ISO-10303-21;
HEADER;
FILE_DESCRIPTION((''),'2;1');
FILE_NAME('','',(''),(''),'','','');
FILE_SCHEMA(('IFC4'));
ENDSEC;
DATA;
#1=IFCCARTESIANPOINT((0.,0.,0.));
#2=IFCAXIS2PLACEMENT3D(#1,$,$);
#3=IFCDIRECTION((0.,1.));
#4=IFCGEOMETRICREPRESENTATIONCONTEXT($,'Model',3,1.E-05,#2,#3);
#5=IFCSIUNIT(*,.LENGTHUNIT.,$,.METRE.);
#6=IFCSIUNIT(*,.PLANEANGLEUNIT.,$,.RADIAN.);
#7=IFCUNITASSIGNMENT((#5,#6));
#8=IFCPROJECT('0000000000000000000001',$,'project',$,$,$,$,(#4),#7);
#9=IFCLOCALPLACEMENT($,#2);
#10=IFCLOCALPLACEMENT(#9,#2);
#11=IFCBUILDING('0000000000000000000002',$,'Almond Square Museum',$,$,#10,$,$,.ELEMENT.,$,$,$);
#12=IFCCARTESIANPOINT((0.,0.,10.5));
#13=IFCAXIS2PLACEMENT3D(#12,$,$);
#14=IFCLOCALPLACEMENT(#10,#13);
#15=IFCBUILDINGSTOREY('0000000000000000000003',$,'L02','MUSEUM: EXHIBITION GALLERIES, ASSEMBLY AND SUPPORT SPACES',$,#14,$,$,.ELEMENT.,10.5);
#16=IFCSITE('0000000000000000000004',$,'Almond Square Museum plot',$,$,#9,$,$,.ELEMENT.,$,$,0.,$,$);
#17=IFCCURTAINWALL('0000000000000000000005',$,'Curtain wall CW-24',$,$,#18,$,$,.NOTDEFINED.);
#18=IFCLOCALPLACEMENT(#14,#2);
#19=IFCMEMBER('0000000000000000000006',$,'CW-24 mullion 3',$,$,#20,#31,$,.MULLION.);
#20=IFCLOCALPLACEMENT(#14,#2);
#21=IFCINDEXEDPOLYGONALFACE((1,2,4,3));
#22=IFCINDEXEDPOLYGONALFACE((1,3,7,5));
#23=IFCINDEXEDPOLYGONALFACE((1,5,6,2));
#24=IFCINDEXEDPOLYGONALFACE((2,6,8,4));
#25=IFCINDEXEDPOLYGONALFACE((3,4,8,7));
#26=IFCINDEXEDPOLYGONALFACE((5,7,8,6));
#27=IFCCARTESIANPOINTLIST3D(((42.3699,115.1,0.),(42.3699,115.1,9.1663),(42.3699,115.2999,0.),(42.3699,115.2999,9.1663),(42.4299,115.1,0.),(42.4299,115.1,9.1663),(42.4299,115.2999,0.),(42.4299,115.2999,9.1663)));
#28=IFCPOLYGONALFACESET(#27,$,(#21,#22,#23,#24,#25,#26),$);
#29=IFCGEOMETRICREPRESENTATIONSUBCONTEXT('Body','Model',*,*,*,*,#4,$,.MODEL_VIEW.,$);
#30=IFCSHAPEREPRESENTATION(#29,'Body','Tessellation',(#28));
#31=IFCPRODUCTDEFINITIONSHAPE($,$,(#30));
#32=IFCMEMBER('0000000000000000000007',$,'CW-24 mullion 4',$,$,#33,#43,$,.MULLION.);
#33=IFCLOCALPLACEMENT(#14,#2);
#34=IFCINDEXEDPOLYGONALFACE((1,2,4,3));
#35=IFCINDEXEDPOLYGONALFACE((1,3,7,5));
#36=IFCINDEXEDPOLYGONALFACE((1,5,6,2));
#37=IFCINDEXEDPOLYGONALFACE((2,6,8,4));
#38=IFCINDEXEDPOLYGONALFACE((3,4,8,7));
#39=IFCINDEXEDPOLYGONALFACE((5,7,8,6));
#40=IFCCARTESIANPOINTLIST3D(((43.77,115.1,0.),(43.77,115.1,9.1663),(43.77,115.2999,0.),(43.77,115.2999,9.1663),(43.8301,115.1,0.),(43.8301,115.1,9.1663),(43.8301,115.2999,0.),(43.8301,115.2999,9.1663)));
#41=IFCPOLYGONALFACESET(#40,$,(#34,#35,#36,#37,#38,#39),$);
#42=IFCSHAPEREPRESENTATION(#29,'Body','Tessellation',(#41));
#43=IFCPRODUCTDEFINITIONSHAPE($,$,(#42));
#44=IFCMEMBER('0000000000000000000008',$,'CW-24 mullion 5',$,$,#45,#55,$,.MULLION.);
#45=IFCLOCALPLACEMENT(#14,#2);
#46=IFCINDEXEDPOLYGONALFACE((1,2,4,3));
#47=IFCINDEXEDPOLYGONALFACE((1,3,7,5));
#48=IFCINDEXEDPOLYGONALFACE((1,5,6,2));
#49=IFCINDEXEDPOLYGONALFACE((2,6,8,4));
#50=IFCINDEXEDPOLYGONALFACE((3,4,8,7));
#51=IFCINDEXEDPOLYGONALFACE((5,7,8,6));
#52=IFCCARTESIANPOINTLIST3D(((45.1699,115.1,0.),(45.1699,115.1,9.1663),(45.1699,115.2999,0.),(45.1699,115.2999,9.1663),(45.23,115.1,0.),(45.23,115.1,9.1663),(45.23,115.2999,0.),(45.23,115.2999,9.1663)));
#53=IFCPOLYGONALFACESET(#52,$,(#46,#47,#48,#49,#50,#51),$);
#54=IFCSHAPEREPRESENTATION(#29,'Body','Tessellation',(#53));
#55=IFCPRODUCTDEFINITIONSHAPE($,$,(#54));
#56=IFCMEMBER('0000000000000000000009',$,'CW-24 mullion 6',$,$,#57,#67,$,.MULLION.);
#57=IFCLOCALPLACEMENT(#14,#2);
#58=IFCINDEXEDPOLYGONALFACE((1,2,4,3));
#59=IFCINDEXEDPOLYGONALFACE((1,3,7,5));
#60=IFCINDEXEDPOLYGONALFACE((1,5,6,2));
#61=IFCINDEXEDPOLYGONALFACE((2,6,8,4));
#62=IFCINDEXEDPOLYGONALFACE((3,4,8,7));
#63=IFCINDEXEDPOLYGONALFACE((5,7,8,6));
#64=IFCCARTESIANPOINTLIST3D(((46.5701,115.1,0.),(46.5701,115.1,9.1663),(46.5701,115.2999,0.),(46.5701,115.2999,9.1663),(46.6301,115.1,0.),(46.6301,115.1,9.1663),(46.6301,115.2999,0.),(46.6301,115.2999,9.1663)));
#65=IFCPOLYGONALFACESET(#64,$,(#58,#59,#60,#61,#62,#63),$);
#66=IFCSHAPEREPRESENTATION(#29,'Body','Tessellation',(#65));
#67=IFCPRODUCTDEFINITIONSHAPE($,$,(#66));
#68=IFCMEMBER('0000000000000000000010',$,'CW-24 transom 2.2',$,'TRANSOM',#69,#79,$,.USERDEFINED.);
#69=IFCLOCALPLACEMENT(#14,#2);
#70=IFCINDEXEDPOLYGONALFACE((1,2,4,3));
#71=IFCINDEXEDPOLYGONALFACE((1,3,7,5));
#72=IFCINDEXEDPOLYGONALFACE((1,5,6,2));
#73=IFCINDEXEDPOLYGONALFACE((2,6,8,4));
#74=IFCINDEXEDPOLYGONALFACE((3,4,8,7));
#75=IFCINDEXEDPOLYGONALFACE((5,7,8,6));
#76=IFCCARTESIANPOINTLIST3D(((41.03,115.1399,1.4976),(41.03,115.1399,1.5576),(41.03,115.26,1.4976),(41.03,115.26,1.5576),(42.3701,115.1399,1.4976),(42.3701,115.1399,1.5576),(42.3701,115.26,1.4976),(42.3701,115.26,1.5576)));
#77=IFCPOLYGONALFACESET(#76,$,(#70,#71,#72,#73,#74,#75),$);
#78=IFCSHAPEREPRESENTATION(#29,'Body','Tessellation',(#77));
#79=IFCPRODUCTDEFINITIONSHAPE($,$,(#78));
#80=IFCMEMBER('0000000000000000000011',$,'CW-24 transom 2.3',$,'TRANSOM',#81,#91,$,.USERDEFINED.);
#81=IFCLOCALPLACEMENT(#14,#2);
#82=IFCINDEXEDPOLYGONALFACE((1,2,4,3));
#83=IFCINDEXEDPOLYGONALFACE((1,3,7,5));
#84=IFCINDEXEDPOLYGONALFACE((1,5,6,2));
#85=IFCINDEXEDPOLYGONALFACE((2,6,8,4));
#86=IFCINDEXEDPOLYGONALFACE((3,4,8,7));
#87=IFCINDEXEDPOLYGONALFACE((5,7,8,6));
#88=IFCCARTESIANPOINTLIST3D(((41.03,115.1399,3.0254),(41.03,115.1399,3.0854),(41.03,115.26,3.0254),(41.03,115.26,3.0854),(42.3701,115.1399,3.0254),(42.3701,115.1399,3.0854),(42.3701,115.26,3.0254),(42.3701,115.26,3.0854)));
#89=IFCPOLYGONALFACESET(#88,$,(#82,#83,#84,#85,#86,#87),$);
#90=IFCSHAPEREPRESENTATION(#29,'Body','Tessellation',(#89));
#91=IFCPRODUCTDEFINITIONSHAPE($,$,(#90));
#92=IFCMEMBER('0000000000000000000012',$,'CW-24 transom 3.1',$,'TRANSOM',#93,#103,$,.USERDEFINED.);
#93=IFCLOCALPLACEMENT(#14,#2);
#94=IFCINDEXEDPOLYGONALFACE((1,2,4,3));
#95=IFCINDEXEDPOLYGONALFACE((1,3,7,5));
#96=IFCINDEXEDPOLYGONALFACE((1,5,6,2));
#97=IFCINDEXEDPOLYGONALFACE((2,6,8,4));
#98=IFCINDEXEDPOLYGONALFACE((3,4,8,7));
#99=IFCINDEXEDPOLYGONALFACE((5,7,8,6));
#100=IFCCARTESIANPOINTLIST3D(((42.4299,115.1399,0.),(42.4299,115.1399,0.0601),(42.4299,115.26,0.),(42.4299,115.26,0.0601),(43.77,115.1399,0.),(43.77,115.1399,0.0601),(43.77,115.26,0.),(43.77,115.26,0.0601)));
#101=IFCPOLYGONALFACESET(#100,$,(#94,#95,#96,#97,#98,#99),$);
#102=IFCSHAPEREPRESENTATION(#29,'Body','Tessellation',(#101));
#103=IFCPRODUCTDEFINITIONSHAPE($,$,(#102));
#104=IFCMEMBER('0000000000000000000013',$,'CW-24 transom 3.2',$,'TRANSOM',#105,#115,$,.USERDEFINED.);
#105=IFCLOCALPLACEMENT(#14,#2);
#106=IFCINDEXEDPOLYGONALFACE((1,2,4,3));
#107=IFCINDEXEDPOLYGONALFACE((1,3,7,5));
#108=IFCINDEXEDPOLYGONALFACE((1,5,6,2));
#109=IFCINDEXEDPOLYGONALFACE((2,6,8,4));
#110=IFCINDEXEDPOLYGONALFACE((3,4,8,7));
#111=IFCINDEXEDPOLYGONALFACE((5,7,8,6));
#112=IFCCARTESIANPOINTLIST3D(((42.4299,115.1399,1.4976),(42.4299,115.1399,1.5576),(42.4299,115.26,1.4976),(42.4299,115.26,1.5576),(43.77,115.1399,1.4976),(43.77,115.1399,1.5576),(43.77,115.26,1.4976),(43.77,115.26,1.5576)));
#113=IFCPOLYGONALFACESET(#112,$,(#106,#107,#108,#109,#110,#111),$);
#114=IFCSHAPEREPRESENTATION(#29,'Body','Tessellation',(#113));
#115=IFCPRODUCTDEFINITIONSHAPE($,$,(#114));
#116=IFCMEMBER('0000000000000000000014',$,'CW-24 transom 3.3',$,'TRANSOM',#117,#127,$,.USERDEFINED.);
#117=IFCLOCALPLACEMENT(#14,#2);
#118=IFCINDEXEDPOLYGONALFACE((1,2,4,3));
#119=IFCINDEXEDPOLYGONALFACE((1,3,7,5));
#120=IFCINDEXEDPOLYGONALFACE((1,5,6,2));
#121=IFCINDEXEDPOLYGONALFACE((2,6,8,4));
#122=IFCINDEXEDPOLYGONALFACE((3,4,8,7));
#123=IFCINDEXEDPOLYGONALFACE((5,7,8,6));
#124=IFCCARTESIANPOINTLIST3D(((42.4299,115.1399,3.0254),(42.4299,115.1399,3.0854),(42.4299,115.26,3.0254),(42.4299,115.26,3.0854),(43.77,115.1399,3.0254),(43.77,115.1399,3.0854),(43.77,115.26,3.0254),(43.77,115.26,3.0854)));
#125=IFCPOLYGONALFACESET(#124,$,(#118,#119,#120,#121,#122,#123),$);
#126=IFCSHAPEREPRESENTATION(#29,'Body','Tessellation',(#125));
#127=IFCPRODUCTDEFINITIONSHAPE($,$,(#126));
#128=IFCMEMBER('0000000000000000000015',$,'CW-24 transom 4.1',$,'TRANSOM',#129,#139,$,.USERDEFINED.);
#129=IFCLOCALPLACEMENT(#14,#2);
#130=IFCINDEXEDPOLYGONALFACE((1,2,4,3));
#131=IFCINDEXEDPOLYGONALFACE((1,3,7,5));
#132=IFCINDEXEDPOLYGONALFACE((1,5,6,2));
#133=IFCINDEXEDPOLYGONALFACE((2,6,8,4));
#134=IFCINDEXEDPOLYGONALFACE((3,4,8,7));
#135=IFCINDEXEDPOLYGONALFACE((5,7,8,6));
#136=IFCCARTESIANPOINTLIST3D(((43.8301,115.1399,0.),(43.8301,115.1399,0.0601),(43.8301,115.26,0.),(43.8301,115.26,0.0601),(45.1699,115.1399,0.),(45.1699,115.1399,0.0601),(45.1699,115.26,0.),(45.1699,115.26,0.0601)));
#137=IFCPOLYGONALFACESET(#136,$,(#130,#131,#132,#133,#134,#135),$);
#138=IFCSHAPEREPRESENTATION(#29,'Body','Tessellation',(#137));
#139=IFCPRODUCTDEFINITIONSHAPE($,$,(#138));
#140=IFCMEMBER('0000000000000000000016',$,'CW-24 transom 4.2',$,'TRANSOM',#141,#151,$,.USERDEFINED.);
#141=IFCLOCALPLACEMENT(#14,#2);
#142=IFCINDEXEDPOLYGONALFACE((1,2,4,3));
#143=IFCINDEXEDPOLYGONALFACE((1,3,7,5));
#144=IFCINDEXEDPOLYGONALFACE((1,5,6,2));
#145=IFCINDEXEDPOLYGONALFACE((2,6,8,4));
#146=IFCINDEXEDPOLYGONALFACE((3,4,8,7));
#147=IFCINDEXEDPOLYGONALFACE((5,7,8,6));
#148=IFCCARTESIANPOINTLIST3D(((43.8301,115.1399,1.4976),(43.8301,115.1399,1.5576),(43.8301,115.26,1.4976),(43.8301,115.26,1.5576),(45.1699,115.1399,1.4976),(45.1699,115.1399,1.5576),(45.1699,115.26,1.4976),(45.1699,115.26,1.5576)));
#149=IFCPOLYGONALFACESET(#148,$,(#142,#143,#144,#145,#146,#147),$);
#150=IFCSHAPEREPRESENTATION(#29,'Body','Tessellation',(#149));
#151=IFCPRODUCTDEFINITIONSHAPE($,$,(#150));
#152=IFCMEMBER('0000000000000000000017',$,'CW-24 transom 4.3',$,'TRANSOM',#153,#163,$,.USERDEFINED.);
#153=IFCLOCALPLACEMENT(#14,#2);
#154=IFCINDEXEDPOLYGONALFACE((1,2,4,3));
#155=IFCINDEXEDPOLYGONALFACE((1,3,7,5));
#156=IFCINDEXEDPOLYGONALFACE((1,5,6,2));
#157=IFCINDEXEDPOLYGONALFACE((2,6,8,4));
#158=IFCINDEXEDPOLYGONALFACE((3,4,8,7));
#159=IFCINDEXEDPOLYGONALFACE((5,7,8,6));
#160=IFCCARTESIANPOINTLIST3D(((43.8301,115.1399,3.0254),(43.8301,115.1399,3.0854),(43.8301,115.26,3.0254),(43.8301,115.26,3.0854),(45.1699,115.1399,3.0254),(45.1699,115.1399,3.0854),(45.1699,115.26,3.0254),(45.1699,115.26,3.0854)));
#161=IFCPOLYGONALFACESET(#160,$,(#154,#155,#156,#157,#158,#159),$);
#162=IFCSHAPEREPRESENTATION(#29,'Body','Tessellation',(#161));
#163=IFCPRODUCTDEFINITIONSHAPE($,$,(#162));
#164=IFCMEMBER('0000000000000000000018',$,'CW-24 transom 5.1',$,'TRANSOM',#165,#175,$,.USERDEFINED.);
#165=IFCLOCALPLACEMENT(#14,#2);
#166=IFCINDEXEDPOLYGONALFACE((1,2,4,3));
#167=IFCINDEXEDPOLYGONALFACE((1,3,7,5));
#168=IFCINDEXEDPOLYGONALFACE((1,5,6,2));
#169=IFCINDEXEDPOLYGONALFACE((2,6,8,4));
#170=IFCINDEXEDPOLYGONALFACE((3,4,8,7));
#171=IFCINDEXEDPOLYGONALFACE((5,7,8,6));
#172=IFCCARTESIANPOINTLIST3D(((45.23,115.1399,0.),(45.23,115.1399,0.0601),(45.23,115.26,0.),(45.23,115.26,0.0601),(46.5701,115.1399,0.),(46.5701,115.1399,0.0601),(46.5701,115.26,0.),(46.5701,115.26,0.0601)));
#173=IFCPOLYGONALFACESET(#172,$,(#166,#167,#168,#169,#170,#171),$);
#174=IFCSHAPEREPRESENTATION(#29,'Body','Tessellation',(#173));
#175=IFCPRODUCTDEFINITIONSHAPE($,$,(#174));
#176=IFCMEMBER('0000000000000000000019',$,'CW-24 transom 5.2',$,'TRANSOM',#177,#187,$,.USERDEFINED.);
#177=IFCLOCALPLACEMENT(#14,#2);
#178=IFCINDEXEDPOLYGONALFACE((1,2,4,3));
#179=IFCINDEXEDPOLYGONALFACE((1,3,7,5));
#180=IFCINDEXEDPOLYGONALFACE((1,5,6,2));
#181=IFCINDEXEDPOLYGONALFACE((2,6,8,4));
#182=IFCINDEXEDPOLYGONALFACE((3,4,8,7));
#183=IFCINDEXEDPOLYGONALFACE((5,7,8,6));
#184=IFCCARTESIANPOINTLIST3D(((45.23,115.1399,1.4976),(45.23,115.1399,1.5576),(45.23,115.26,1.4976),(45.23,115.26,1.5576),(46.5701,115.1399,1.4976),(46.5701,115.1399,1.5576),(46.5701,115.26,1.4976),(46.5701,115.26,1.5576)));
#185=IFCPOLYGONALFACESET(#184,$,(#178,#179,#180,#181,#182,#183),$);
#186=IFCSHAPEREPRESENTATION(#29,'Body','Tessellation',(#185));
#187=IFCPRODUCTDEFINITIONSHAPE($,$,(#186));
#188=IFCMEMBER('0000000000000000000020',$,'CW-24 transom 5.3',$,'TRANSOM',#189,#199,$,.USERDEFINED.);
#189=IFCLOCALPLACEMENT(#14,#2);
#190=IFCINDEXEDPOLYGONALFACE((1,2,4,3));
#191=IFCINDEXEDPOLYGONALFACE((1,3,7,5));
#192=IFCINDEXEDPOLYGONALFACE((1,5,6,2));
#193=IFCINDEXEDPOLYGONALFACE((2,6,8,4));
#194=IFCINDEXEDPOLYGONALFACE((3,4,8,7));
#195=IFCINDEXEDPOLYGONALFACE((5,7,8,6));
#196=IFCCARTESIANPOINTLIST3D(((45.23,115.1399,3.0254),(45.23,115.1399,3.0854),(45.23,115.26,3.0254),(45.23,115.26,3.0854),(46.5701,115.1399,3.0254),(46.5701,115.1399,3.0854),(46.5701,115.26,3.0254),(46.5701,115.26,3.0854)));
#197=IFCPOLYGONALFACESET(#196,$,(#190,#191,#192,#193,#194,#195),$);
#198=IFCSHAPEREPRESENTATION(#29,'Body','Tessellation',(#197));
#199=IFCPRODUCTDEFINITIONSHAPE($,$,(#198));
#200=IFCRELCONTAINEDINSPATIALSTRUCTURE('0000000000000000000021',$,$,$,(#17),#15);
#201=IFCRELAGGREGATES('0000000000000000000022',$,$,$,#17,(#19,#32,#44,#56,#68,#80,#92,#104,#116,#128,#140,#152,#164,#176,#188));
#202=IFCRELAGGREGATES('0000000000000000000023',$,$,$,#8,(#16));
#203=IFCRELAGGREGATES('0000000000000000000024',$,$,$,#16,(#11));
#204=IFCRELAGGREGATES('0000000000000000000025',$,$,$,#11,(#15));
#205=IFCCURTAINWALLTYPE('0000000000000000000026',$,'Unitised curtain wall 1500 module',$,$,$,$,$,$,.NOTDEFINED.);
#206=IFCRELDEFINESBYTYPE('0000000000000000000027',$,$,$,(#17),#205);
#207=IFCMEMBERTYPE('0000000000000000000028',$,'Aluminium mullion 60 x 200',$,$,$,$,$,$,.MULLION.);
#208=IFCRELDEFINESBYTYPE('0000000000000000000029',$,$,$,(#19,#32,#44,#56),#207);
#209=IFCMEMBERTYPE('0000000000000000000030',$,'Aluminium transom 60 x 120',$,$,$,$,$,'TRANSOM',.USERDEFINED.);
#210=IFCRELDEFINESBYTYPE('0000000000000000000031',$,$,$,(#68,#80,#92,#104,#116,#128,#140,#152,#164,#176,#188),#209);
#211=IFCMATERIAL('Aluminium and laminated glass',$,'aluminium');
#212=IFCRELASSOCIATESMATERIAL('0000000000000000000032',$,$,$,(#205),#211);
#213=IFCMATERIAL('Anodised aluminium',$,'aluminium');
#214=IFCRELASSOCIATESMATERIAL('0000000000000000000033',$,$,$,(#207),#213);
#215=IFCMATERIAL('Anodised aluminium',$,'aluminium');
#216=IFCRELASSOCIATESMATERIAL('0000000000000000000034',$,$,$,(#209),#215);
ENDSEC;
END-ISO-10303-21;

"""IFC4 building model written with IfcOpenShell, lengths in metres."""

from ifc_helpers import new_model, si_unit, direction, frame, origin, origin_2d, place, context, subcontext, project, spatial, rectangle, extrude, material, material_profile, profile_set, type_object, element, aggregate, save


model = new_model("IFC4")

# Units and contexts
model_context = context("Model", 3, precision=1e-05, world=origin(), true_north=direction((0.0, 1.0)))
body_context = subcontext(model_context, "Body", "Model", "MODEL_VIEW")
ifc_project = project(units=[si_unit("LENGTHUNIT", "METRE"), si_unit("PLANEANGLEUNIT", "RADIAN")], contexts=[model_context])

# Site, building, storey
site_placement = place(None, origin())
site = spatial("IfcSite", under=ifc_project, at=site_placement, Name="Almond Square Museum plot", CompositionType="ELEMENT", RefElevation=0.0)
building_placement = place(site_placement, origin())
building = spatial("IfcBuilding", under=site, at=building_placement, Name="Almond Square Museum", CompositionType="ELEMENT")
storey_placement = place(building_placement, frame((0.0, 0.0, 10.5)))
storey = spatial("IfcBuildingStorey", under=building, at=storey_placement, Name="L02", Description="MUSEUM: EXHIBITION GALLERIES, ASSEMBLY AND SUPPORT SPACES", CompositionType="ELEMENT", Elevation=10.5)

# Curtain wall, members
ifc_material_1 = material(Name="Aluminium and laminated glass", Category="aluminium")
curtain_wall_type = type_object("IfcCurtainWallType", Name="Unitised curtain wall 1500 module", PredefinedType="NOTDEFINED", material=ifc_material_1)
curtain_wall_placement = place(storey_placement, origin())
curtain_wall = element("IfcCurtainWall", 1, at=curtain_wall_placement, inside=storey, type_object=curtain_wall_type, Name="Curtain wall CW-24", PredefinedType="NOTDEFINED")
ifc_material_2 = material(Name="Anodised aluminium", Category="aluminium")
ifc_material_profile_1 = material_profile(ifc_material_2, rectangle(XDim=0.2, YDim=0.0601, at=origin_2d()))
ifc_profile_set_1 = profile_set([ifc_material_profile_1], Name="Anodised aluminium")
member_type_1 = type_object("IfcMemberType", Name="Aluminium mullion 60 x 200", PredefinedType="MULLION", material=ifc_profile_set_1)
member_1_placement = place(storey_placement, frame((42.3999, 115.2, 0.0), z_axis=(0.0, 0.0, 1.0), x_axis=(0.0, 1.0, 0.0)))
member_1 = element("IfcMember", 2, at=member_1_placement, type_object=member_type_1, Name="CW-24 mullion 3", PredefinedType="MULLION", context=body_context, shape_type="SweptSolid", body=[
    extrude(rectangle(XDim=0.2, YDim=0.0601, at=origin_2d()), origin(), (0.0, 0.0, 1.0), 9.1663),
])
member_2_placement = place(storey_placement, frame((43.8, 115.2, 0.0), z_axis=(0.0, 0.0, 1.0), x_axis=(0.0, 1.0, 0.0)))
member_2 = element("IfcMember", 3, at=member_2_placement, type_object=member_type_1, Name="CW-24 mullion 4", PredefinedType="MULLION", context=body_context, shape_type="SweptSolid", body=[
    extrude(rectangle(XDim=0.2, YDim=0.0601, at=origin_2d()), origin(), (0.0, 0.0, 1.0), 9.1663),
])
member_3_placement = place(storey_placement, frame((45.2, 115.2, 0.0), z_axis=(0.0, 0.0, 1.0), x_axis=(0.0, 1.0, 0.0)))
member_3 = element("IfcMember", 4, at=member_3_placement, type_object=member_type_1, Name="CW-24 mullion 5", PredefinedType="MULLION", context=body_context, shape_type="SweptSolid", body=[
    extrude(rectangle(XDim=0.2, YDim=0.0601, at=origin_2d()), origin(), (0.0, 0.0, 1.0), 9.1663),
])
member_4_placement = place(storey_placement, frame((46.6001, 115.2, 0.0), z_axis=(0.0, 0.0, 1.0), x_axis=(0.0, 1.0, 0.0)))
member_4 = element("IfcMember", 5, at=member_4_placement, type_object=member_type_1, Name="CW-24 mullion 6", PredefinedType="MULLION", context=body_context, shape_type="SweptSolid", body=[
    extrude(rectangle(XDim=0.2, YDim=0.0601, at=origin_2d()), origin(), (0.0, 0.0, 1.0), 9.1663),
])
ifc_material_3 = material(Name="Anodised aluminium", Category="aluminium")
ifc_material_profile_2 = material_profile(ifc_material_3, rectangle(XDim=0.1201, YDim=0.0601, at=origin_2d()))
ifc_profile_set_2 = profile_set([ifc_material_profile_2], Name="Anodised aluminium")
member_type_2 = type_object("IfcMemberType", Name="Aluminium transom 60 x 120", ElementType="TRANSOM", PredefinedType="USERDEFINED", material=ifc_profile_set_2)
member_5_placement = place(storey_placement, frame((41.03, 115.2, 1.5276), z_axis=(1.0, 0.0, 0.0), x_axis=(0.0, 1.0, 0.0)))
member_5 = element("IfcMember", 6, at=member_5_placement, type_object=member_type_2, Name="CW-24 transom 2.2", ObjectType="TRANSOM", PredefinedType="USERDEFINED", context=body_context, shape_type="SweptSolid", body=[
    extrude(rectangle(XDim=0.1201, YDim=0.0601, at=origin_2d()), origin(), (0.0, 0.0, 1.0), 1.3401),
])
member_6_placement = place(storey_placement, frame((41.03, 115.2, 3.0554), z_axis=(1.0, 0.0, 0.0), x_axis=(0.0, 1.0, 0.0)))
member_6 = element("IfcMember", 7, at=member_6_placement, type_object=member_type_2, Name="CW-24 transom 2.3", ObjectType="TRANSOM", PredefinedType="USERDEFINED", context=body_context, shape_type="SweptSolid", body=[
    extrude(rectangle(XDim=0.1201, YDim=0.0601, at=origin_2d()), origin(), (0.0, 0.0, 1.0), 1.3401),
])
member_7_placement = place(storey_placement, frame((42.4299, 115.2, 0.03), z_axis=(1.0, 0.0, 0.0), x_axis=(0.0, 1.0, 0.0)))
member_7 = element("IfcMember", 8, at=member_7_placement, type_object=member_type_2, Name="CW-24 transom 3.1", ObjectType="TRANSOM", PredefinedType="USERDEFINED", context=body_context, shape_type="SweptSolid", body=[
    extrude(rectangle(XDim=0.1201, YDim=0.0601, at=origin_2d()), origin(), (0.0, 0.0, 1.0), 1.3401),
])
member_8_placement = place(storey_placement, frame((42.4299, 115.2, 1.5276), z_axis=(1.0, 0.0, 0.0), x_axis=(0.0, 1.0, 0.0)))
member_8 = element("IfcMember", 9, at=member_8_placement, type_object=member_type_2, Name="CW-24 transom 3.2", ObjectType="TRANSOM", PredefinedType="USERDEFINED", context=body_context, shape_type="SweptSolid", body=[
    extrude(rectangle(XDim=0.1201, YDim=0.0601, at=origin_2d()), origin(), (0.0, 0.0, 1.0), 1.3401),
])
member_9_placement = place(storey_placement, frame((42.4299, 115.2, 3.0554), z_axis=(1.0, 0.0, 0.0), x_axis=(0.0, 1.0, 0.0)))
member_9 = element("IfcMember", 10, at=member_9_placement, type_object=member_type_2, Name="CW-24 transom 3.3", ObjectType="TRANSOM", PredefinedType="USERDEFINED", context=body_context, shape_type="SweptSolid", body=[
    extrude(rectangle(XDim=0.1201, YDim=0.0601, at=origin_2d()), origin(), (0.0, 0.0, 1.0), 1.3401),
])
member_10_placement = place(storey_placement, frame((43.8301, 115.2, 0.03), z_axis=(1.0, 0.0, 0.0), x_axis=(0.0, 1.0, 0.0)))
member_10 = element("IfcMember", 11, at=member_10_placement, type_object=member_type_2, Name="CW-24 transom 4.1", ObjectType="TRANSOM", PredefinedType="USERDEFINED", context=body_context, shape_type="SweptSolid", body=[
    extrude(rectangle(XDim=0.1201, YDim=0.0601, at=origin_2d()), origin(), (0.0, 0.0, 1.0), 1.3398),
])
member_11_placement = place(storey_placement, frame((43.8301, 115.2, 1.5276), z_axis=(1.0, 0.0, 0.0), x_axis=(0.0, 1.0, 0.0)))
member_11 = element("IfcMember", 12, at=member_11_placement, type_object=member_type_2, Name="CW-24 transom 4.2", ObjectType="TRANSOM", PredefinedType="USERDEFINED", context=body_context, shape_type="SweptSolid", body=[
    extrude(rectangle(XDim=0.1201, YDim=0.0601, at=origin_2d()), origin(), (0.0, 0.0, 1.0), 1.3398),
])
member_12_placement = place(storey_placement, frame((43.8301, 115.2, 3.0554), z_axis=(1.0, 0.0, 0.0), x_axis=(0.0, 1.0, 0.0)))
member_12 = element("IfcMember", 13, at=member_12_placement, type_object=member_type_2, Name="CW-24 transom 4.3", ObjectType="TRANSOM", PredefinedType="USERDEFINED", context=body_context, shape_type="SweptSolid", body=[
    extrude(rectangle(XDim=0.1201, YDim=0.0601, at=origin_2d()), origin(), (0.0, 0.0, 1.0), 1.3398),
])
member_13_placement = place(storey_placement, frame((45.23, 115.2, 0.03), z_axis=(1.0, 0.0, 0.0), x_axis=(0.0, 1.0, 0.0)))
member_13 = element("IfcMember", 14, at=member_13_placement, type_object=member_type_2, Name="CW-24 transom 5.1", ObjectType="TRANSOM", PredefinedType="USERDEFINED", context=body_context, shape_type="SweptSolid", body=[
    extrude(rectangle(XDim=0.1201, YDim=0.0601, at=origin_2d()), origin(), (0.0, 0.0, 1.0), 1.3401),
])
member_14_placement = place(storey_placement, frame((45.23, 115.2, 1.5276), z_axis=(1.0, 0.0, 0.0), x_axis=(0.0, 1.0, 0.0)))
member_14 = element("IfcMember", 15, at=member_14_placement, type_object=member_type_2, Name="CW-24 transom 5.2", ObjectType="TRANSOM", PredefinedType="USERDEFINED", context=body_context, shape_type="SweptSolid", body=[
    extrude(rectangle(XDim=0.1201, YDim=0.0601, at=origin_2d()), origin(), (0.0, 0.0, 1.0), 1.3401),
])
member_15_placement = place(storey_placement, frame((45.23, 115.2, 3.0554), z_axis=(1.0, 0.0, 0.0), x_axis=(0.0, 1.0, 0.0)))
member_15 = element("IfcMember", 16, at=member_15_placement, type_object=member_type_2, Name="CW-24 transom 5.3", ObjectType="TRANSOM", PredefinedType="USERDEFINED", context=body_context, shape_type="SweptSolid", body=[
    extrude(rectangle(XDim=0.1201, YDim=0.0601, at=origin_2d()), origin(), (0.0, 0.0, 1.0), 1.3401),
])
aggregate(curtain_wall, [member_1, member_2, member_3, member_4, member_5, member_6, member_7, member_8, member_9, member_10, member_11, member_12, member_13, member_14, member_15])

save(model, "model.ifc")
